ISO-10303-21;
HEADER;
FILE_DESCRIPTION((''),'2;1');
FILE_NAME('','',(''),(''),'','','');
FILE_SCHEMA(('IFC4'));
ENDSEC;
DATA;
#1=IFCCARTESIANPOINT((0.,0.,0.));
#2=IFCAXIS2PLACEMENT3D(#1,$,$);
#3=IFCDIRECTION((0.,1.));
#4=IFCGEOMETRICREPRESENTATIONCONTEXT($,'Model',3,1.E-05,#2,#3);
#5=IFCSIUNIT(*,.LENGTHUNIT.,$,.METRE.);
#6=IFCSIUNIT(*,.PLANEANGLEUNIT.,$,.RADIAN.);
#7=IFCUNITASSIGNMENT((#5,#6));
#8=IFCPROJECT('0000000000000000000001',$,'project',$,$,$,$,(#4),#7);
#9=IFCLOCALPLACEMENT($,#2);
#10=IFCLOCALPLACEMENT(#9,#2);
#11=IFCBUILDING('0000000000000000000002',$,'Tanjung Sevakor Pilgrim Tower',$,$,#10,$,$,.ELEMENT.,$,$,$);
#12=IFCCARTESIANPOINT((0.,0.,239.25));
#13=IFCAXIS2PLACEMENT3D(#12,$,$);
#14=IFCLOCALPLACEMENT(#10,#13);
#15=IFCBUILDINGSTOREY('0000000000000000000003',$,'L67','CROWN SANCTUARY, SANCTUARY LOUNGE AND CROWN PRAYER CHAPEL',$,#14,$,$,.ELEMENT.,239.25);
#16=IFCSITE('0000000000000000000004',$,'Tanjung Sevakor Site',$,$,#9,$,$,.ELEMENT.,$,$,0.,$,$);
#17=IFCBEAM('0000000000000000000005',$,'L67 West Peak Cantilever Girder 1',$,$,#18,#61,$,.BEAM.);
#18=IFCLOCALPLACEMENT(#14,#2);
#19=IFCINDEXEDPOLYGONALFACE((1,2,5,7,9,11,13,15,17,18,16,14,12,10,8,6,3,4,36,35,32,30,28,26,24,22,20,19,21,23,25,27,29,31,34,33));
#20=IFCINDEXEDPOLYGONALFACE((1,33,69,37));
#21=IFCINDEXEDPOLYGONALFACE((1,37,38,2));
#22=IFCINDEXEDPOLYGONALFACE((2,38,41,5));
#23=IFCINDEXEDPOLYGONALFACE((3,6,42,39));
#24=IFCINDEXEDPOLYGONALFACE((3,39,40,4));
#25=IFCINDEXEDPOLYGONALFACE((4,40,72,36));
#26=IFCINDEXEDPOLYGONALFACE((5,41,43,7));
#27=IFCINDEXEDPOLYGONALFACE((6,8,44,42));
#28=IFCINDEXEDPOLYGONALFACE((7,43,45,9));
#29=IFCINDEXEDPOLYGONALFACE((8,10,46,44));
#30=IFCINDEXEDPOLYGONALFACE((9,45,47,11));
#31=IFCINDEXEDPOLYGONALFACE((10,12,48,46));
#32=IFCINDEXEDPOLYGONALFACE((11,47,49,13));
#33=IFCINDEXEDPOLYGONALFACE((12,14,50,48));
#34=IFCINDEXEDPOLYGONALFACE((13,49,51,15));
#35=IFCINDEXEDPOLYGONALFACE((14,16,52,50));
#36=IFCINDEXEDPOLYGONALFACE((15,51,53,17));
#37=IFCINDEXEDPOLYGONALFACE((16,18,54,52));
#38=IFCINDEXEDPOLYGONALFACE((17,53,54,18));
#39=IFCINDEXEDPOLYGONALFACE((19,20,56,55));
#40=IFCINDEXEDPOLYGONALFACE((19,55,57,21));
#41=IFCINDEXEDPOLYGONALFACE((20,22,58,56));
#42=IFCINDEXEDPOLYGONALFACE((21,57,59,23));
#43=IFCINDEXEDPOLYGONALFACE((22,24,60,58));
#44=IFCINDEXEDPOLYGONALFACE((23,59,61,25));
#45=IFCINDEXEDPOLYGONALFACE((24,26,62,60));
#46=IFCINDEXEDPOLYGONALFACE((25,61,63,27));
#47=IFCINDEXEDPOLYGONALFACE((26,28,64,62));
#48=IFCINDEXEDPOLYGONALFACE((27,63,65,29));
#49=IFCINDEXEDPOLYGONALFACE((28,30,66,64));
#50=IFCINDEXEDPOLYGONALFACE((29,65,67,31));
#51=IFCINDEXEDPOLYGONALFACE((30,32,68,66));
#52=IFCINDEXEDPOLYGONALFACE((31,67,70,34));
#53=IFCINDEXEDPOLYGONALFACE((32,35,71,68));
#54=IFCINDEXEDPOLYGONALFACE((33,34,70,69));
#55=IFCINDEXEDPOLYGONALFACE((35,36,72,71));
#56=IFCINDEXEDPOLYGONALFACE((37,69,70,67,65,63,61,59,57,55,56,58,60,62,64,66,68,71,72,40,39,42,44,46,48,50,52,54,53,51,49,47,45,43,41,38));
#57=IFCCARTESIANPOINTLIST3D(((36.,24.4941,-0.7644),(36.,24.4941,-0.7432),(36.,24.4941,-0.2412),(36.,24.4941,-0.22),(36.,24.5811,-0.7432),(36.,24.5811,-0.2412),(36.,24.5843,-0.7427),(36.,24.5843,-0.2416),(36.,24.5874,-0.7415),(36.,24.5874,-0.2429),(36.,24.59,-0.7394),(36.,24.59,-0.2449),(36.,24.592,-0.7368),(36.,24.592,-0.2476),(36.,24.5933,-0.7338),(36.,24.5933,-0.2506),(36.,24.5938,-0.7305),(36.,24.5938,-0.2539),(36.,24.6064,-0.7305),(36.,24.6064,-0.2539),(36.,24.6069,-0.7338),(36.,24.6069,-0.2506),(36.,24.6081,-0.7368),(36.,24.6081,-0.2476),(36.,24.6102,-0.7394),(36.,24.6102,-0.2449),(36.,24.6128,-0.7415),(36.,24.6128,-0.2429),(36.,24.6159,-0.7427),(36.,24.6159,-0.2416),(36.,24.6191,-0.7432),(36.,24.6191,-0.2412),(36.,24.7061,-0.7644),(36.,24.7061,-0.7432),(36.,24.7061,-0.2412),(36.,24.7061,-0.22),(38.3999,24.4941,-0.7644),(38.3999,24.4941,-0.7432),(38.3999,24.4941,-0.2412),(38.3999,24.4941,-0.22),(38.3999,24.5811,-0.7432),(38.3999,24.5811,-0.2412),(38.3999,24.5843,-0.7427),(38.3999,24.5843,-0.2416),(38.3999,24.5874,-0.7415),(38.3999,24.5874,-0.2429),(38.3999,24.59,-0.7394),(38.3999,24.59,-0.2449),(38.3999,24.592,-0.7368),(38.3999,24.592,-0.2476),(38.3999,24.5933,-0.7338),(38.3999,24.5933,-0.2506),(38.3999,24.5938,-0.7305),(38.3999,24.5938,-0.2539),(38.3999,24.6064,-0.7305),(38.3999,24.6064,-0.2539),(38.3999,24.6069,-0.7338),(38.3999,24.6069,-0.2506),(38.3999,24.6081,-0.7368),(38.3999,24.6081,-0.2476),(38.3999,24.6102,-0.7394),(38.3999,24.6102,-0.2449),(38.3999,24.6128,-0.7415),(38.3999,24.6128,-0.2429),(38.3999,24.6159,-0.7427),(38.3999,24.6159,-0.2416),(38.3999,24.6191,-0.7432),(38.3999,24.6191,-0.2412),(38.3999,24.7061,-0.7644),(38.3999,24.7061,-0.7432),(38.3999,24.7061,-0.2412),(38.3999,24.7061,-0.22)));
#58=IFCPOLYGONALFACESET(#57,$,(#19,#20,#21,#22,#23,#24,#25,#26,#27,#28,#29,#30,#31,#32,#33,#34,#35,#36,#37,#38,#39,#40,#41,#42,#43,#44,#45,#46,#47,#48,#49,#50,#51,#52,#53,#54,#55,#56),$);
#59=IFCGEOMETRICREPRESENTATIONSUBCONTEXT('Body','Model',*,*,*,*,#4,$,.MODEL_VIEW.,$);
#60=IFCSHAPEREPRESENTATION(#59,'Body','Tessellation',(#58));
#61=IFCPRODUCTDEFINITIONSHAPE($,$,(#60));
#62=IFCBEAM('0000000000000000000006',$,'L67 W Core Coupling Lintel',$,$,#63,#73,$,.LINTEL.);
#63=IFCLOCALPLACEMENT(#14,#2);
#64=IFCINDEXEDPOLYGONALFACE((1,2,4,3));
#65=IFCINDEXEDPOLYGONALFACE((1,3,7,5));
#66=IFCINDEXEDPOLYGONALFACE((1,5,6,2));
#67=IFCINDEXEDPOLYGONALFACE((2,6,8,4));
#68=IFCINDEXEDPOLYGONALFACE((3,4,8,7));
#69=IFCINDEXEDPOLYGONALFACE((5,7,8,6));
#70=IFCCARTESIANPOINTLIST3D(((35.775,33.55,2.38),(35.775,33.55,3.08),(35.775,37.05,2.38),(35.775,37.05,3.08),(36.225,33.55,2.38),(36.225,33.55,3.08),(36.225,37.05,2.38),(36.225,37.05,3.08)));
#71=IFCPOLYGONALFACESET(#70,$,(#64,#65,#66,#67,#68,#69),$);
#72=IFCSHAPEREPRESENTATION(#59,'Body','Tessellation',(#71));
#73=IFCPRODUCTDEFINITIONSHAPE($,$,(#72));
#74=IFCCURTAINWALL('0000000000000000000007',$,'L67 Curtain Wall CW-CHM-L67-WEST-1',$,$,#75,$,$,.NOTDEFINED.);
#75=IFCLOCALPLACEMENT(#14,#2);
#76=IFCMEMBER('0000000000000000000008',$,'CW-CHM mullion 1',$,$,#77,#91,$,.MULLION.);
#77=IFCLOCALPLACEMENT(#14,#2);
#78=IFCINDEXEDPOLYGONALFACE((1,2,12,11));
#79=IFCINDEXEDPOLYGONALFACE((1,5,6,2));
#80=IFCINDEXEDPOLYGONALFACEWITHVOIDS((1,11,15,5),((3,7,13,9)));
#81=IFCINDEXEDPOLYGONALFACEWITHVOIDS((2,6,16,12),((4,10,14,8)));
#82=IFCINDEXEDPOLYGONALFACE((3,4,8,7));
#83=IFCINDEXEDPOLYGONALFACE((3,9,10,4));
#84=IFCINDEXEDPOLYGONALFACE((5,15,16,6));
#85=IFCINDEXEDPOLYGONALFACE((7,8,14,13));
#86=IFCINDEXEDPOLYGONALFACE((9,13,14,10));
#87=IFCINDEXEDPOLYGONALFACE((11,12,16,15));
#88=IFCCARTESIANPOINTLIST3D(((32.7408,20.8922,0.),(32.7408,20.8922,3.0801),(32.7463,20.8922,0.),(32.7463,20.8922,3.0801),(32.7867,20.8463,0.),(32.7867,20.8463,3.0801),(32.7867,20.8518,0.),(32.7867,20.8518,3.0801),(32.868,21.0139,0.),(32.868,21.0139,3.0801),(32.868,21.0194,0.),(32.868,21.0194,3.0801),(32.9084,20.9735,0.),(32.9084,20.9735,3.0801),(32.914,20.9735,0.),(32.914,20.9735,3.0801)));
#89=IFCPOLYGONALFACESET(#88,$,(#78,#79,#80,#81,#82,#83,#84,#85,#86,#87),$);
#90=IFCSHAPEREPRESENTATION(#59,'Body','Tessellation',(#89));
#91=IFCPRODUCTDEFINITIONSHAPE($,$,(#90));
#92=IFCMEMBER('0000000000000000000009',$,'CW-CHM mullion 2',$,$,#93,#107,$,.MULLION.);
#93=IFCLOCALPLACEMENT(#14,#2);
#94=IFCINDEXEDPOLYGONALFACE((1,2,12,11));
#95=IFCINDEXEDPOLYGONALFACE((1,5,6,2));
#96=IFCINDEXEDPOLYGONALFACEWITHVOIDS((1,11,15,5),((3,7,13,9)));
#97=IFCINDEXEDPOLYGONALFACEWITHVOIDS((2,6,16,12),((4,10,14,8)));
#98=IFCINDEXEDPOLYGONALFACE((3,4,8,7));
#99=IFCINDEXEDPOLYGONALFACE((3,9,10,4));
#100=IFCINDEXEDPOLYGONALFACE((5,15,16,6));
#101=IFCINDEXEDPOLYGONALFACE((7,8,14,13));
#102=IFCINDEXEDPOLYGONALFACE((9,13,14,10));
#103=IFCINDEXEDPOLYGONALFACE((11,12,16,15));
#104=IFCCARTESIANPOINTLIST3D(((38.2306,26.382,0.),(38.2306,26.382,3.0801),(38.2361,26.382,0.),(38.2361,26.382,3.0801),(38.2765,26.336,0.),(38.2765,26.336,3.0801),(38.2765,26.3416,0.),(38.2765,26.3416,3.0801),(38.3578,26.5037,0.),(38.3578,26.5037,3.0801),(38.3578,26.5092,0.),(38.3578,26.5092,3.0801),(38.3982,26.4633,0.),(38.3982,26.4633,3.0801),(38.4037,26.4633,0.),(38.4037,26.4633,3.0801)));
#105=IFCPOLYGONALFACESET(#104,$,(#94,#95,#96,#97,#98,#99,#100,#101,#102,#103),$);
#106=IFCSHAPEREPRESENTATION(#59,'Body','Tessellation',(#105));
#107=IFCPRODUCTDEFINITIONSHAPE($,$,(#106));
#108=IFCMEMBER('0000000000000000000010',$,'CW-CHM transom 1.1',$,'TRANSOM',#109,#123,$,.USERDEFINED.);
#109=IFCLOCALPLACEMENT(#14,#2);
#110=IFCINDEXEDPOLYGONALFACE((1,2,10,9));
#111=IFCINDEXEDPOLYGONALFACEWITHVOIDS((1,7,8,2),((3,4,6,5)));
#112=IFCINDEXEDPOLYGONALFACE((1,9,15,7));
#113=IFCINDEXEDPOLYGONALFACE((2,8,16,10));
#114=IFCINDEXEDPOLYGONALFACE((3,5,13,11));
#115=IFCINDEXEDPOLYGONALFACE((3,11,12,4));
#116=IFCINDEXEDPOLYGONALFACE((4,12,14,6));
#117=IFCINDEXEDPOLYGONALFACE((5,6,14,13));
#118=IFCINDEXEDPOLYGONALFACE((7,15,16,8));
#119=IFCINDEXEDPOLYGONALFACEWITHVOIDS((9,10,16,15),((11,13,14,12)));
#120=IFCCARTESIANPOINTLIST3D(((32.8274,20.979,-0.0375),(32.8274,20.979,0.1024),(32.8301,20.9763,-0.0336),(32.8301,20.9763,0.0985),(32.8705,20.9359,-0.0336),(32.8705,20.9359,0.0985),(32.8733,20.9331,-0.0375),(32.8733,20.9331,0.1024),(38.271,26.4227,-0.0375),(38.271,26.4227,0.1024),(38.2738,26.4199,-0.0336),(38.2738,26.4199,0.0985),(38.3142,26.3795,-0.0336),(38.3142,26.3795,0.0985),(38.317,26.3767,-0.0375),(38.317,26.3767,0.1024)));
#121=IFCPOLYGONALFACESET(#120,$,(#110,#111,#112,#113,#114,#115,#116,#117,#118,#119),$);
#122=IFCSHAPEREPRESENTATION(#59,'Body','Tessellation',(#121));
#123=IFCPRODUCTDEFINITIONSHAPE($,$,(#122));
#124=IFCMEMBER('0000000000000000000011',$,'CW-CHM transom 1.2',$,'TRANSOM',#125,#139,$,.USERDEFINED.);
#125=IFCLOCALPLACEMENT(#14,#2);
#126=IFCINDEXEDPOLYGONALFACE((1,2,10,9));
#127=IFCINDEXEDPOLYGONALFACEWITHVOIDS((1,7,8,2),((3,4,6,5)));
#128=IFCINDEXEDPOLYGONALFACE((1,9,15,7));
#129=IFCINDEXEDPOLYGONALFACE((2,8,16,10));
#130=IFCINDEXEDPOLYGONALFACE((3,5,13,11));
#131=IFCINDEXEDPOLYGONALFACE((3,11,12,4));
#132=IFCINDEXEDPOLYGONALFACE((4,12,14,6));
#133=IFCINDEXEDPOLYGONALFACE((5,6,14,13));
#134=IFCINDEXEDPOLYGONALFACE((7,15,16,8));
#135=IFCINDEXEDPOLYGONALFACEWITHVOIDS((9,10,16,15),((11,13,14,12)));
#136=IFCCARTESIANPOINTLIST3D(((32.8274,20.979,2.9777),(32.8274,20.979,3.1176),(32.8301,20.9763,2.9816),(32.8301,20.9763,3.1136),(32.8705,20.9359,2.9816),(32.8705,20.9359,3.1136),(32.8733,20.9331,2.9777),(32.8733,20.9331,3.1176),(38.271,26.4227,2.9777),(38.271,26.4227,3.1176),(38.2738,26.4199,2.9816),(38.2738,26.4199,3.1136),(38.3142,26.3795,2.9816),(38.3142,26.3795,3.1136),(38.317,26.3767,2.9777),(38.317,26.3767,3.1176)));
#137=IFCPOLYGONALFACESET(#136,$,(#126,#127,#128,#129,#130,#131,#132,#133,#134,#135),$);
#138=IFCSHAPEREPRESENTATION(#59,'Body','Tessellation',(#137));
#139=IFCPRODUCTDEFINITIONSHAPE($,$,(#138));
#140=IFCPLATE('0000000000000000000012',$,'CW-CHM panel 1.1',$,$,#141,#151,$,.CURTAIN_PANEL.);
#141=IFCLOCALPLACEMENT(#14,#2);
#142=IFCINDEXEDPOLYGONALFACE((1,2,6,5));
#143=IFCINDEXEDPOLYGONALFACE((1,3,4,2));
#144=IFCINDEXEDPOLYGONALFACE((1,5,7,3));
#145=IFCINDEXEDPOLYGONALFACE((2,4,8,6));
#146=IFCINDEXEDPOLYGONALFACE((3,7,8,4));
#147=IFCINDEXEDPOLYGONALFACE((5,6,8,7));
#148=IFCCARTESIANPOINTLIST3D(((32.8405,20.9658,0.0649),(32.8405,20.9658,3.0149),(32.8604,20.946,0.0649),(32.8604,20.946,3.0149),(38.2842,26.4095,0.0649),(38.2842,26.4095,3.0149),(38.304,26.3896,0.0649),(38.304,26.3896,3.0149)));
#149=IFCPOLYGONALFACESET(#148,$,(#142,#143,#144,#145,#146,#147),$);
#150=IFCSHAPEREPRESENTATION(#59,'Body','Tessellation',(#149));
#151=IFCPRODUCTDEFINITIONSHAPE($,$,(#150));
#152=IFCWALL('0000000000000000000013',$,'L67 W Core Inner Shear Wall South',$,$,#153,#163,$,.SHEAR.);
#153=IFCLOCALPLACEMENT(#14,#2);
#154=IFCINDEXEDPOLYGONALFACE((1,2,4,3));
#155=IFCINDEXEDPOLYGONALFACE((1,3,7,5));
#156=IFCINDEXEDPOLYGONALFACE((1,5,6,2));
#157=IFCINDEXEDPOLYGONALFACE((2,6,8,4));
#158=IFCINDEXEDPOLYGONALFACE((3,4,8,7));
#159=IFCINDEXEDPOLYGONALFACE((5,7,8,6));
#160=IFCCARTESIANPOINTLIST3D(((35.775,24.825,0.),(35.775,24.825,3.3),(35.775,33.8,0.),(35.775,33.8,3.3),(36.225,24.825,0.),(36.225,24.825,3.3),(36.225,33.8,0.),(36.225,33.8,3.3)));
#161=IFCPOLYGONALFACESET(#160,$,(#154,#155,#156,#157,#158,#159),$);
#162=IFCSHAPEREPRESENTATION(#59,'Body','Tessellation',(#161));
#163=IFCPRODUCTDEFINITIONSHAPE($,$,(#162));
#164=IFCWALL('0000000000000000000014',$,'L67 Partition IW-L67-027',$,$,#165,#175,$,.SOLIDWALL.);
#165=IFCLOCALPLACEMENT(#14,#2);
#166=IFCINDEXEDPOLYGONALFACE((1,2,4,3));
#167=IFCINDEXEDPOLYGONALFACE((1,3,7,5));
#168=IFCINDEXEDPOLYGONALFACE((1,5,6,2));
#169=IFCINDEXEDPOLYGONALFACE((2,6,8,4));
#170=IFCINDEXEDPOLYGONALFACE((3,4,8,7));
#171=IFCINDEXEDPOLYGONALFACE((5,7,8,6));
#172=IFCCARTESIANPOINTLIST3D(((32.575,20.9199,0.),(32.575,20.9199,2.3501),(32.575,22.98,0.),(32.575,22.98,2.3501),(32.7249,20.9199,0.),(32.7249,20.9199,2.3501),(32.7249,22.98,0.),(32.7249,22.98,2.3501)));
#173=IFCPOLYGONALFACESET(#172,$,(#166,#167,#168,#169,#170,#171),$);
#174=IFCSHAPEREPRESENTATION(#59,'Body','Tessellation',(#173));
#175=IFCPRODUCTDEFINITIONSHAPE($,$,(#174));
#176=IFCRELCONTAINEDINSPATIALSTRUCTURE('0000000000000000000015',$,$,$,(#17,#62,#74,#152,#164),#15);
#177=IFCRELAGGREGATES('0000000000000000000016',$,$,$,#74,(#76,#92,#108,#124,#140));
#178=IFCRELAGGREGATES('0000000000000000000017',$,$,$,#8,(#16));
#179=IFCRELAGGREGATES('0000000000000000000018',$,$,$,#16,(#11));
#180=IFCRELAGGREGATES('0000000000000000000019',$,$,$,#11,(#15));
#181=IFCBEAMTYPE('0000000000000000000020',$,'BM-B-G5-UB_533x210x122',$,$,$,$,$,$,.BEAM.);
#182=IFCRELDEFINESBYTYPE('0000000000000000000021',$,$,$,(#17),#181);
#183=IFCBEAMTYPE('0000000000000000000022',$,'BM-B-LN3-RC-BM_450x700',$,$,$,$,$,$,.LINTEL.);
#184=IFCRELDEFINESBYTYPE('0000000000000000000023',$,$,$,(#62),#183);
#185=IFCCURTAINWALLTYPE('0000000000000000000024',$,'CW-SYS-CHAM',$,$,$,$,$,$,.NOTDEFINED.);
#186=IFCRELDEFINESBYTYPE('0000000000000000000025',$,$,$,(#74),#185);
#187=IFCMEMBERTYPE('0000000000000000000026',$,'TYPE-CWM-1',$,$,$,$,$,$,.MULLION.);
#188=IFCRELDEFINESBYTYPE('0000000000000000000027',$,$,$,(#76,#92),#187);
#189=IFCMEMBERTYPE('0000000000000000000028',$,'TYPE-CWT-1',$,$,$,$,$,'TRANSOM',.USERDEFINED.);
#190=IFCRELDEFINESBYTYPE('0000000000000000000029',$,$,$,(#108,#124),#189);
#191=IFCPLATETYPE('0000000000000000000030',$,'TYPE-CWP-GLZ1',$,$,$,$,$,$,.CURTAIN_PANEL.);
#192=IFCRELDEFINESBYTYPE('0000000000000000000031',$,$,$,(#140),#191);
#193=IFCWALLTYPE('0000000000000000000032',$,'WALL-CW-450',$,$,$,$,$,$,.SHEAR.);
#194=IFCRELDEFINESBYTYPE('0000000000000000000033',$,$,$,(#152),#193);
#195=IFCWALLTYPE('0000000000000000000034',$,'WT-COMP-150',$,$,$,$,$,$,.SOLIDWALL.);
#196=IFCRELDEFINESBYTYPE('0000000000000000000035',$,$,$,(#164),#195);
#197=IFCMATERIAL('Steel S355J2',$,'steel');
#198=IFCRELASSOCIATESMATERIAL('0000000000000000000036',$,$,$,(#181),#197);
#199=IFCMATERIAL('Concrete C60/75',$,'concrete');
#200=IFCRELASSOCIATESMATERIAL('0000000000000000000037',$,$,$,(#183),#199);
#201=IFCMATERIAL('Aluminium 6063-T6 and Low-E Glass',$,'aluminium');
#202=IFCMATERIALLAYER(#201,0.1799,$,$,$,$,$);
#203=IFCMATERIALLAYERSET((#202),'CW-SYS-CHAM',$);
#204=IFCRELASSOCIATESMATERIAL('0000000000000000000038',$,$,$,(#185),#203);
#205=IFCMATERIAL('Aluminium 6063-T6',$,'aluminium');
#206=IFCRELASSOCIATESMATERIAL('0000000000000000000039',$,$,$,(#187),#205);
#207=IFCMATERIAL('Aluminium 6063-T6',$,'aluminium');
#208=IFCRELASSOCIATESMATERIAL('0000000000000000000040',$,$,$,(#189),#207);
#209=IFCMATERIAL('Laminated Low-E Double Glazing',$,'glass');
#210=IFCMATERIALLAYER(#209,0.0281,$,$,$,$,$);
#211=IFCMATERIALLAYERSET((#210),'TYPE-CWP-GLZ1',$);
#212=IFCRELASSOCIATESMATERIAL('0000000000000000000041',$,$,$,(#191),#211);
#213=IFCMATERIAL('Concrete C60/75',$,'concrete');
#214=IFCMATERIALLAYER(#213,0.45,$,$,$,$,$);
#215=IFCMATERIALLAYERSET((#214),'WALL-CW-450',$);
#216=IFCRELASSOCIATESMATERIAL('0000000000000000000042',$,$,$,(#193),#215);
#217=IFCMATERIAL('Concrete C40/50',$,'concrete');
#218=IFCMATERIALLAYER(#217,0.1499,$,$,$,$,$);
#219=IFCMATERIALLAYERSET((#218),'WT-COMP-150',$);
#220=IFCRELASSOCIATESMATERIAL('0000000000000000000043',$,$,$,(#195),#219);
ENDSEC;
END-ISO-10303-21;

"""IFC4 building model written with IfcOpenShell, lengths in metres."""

from ifc_helpers import new_model, si_unit, direction, frame, frame_2d, origin, origin_2d, place, context, subcontext, project, spatial, rectangle, hollow_rectangle, i_section, extrude, material, layer, layer_set, material_profile, profile_set, type_object, element, aggregate, save


model = new_model("IFC4")

# Units and contexts
model_context = context("Model", 3, precision=1e-05, world=origin(), true_north=direction((0.0, 1.0)))
body_context = subcontext(model_context, "Body", "Model", "MODEL_VIEW")
ifc_project = project(units=[si_unit("LENGTHUNIT", "METRE"), si_unit("PLANEANGLEUNIT", "RADIAN")], contexts=[model_context])

# Site, building, storey
site_placement = place(None, origin())
site = spatial("IfcSite", under=ifc_project, at=site_placement, Name="Tanjung Sevakor Site", CompositionType="ELEMENT", RefElevation=0.0)
building_placement = place(site_placement, origin())
building = spatial("IfcBuilding", under=site, at=building_placement, Name="Tanjung Sevakor Pilgrim Tower", CompositionType="ELEMENT")
storey_placement = place(building_placement, frame((0.0, 0.0, 239.25)))
storey = spatial("IfcBuildingStorey", under=building, at=storey_placement, Name="L67", Description="CROWN SANCTUARY, SANCTUARY LOUNGE AND CROWN PRAYER CHAPEL", CompositionType="ELEMENT", Elevation=239.25)

# Beams
ifc_material_1 = material(Name="Steel S355J2", Category="steel")
ifc_material_profile_1 = material_profile(ifc_material_1, i_section(OverallWidth=0.2119, OverallDepth=0.5444, WebThickness=0.0127, FlangeThickness=0.0212, FilletRadius=0.0127, at=origin_2d()))
ifc_profile_set_1 = profile_set([ifc_material_profile_1], Name="Steel S355J2")
beam_type_1 = type_object("IfcBeamType", Name="BM-B-G5-UB_533x210x122", PredefinedType="BEAM", material=ifc_profile_set_1)
beam_1_placement = place(storey_placement, frame((36.0, 24.6001, -0.4922), z_axis=(1.0, 0.0, 0.0), x_axis=(0.0, 1.0, 0.0)))
element("IfcBeam", 1, at=beam_1_placement, inside=storey, type_object=beam_type_1, Name="L67 West Peak Cantilever Girder 1", PredefinedType="BEAM", context=body_context, shape_type="SweptSolid", body=[
    extrude(i_section(OverallWidth=0.2119, OverallDepth=0.5444, WebThickness=0.0127, FlangeThickness=0.0212, FilletRadius=0.0127, at=origin_2d()), origin(), (0.0, 0.0, 1.0), 2.3999),
])
ifc_material_2 = material(Name="Concrete C60/75", Category="concrete")
ifc_material_profile_2 = material_profile(ifc_material_2, rectangle(XDim=0.45, YDim=0.7, at=origin_2d()))
ifc_profile_set_2 = profile_set([ifc_material_profile_2], Name="Concrete C60/75")
beam_type_2 = type_object("IfcBeamType", Name="BM-B-LN3-RC-BM_450x700", PredefinedType="LINTEL", material=ifc_profile_set_2)
beam_2_placement = place(storey_placement, frame((36.0, 33.55, 2.73), z_axis=(0.0, 1.0, 0.0), x_axis=(-1.0, 0.0, 0.0)))
element("IfcBeam", 2, at=beam_2_placement, inside=storey, type_object=beam_type_2, Name="L67 W Core Coupling Lintel", PredefinedType="LINTEL", context=body_context, shape_type="SweptSolid", body=[
    extrude(rectangle(XDim=0.45, YDim=0.7, at=origin_2d()), origin(), (0.0, 0.0, 1.0), 3.5),
])

# Curtain wall, members, plate
ifc_material_3 = material(Name="Aluminium 6063-T6 and Low-E Glass", Category="aluminium")
ifc_layer_1 = layer(ifc_material_3, 0.1799)
ifc_layer_set_1 = layer_set([ifc_layer_1], Name="CW-SYS-CHAM")
curtain_wall_type = type_object("IfcCurtainWallType", Name="CW-SYS-CHAM", PredefinedType="NOTDEFINED", material=ifc_layer_set_1)
curtain_wall_placement = place(storey_placement, origin())
curtain_wall = element("IfcCurtainWall", 3, at=curtain_wall_placement, inside=storey, type_object=curtain_wall_type, Name="L67 Curtain Wall CW-CHM-L67-WEST-1", PredefinedType="NOTDEFINED")
ifc_material_4 = material(Name="Aluminium 6063-T6", Category="aluminium")
ifc_material_profile_3 = material_profile(ifc_material_4, hollow_rectangle(XDim=0.0649, YDim=0.1799, WallThickness=0.0039, at=origin_2d()))
ifc_profile_set_3 = profile_set([ifc_material_profile_3], Name="Aluminium 6063-T6")
member_type_1 = type_object("IfcMemberType", Name="TYPE-CWM-1", PredefinedType="MULLION", material=ifc_profile_set_3)
member_1_placement = place(storey_placement, frame((32.8274, 20.9329, 0.0), z_axis=(0.0, 0.0, 1.0), x_axis=(-0.707107, 0.707107, 0.0)))
member_1 = element("IfcMember", 4, at=member_1_placement, type_object=member_type_1, Name="CW-CHM mullion 1", PredefinedType="MULLION", context=body_context, shape_type="SweptSolid", body=[
    extrude(hollow_rectangle(XDim=0.0649, YDim=0.1799, WallThickness=0.0039, at=origin_2d()), origin(), (0.0, 0.0, 1.0), 3.0801),
])
member_2_placement = place(storey_placement, frame((38.3171, 26.4226, 0.0), z_axis=(0.0, 0.0, 1.0), x_axis=(-0.707107, 0.707107, 0.0)))
member_2 = element("IfcMember", 5, at=member_2_placement, type_object=member_type_1, Name="CW-CHM mullion 2", PredefinedType="MULLION", context=body_context, shape_type="SweptSolid", body=[
    extrude(hollow_rectangle(XDim=0.0649, YDim=0.1799, WallThickness=0.0039, at=origin_2d()), origin(), (0.0, 0.0, 1.0), 3.0801),
])
ifc_material_5 = material(Name="Aluminium 6063-T6", Category="aluminium")
ifc_material_profile_4 = material_profile(ifc_material_5, hollow_rectangle(XDim=0.0649, YDim=0.1399, WallThickness=0.0039, at=origin_2d()))
ifc_profile_set_4 = profile_set([ifc_material_profile_4], Name="Aluminium 6063-T6")
member_type_2 = type_object("IfcMemberType", Name="TYPE-CWT-1", ElementType="TRANSOM", PredefinedType="USERDEFINED", material=ifc_profile_set_4)
member_3_placement = place(storey_placement, frame((32.8503, 20.9561, 0.0325), z_axis=(0.707107, 0.707107, 0.0), x_axis=(-0.707107, 0.707107, 0.0)))
member_3 = element("IfcMember", 6, at=member_3_placement, type_object=member_type_2, Name="CW-CHM transom 1.1", ObjectType="TRANSOM", PredefinedType="USERDEFINED", context=body_context, shape_type="SweptSolid", body=[
    extrude(hollow_rectangle(XDim=0.0649, YDim=0.1399, WallThickness=0.0039, at=origin_2d()), origin(), (0.0, 0.0, 1.0), 7.6985),
])
member_4_placement = place(storey_placement, frame((32.8503, 20.9561, 3.0476), z_axis=(0.707107, 0.707107, 0.0), x_axis=(-0.707107, 0.707107, 0.0)))
member_4 = element("IfcMember", 7, at=member_4_placement, type_object=member_type_2, Name="CW-CHM transom 1.2", ObjectType="TRANSOM", PredefinedType="USERDEFINED", context=body_context, shape_type="SweptSolid", body=[
    extrude(hollow_rectangle(XDim=0.0649, YDim=0.1399, WallThickness=0.0039, at=origin_2d()), origin(), (0.0, 0.0, 1.0), 7.6985),
])
ifc_material_6 = material(Name="Laminated Low-E Double Glazing", Category="glass")
ifc_layer_2 = layer(ifc_material_6, 0.0281)
ifc_layer_set_2 = layer_set([ifc_layer_2], Name="TYPE-CWP-GLZ1")
plate_type = type_object("IfcPlateType", Name="TYPE-CWP-GLZ1", PredefinedType="CURTAIN_PANEL", material=ifc_layer_set_2)
plate_placement = place(storey_placement, frame((35.5723, 23.6777, 0.0649), z_axis=(0.0, 0.0, 1.0), x_axis=(0.707107, 0.707107, 0.0)))
plate = element("IfcPlate", 8, at=plate_placement, type_object=plate_type, Name="CW-CHM panel 1.1", PredefinedType="CURTAIN_PANEL", context=body_context, shape_type="SweptSolid", body=[
    extrude(rectangle(XDim=7.6985, YDim=0.0281, at=origin_2d()), origin(), (0.0, 0.0, 1.0), 2.95),
])
aggregate(curtain_wall, [member_1, member_2, member_3, member_4, plate])

# Wall
ifc_material_7 = material(Name="Concrete C60/75", Category="concrete")
ifc_layer_3 = layer(ifc_material_7, 0.45)
ifc_layer_set_3 = layer_set([ifc_layer_3], Name="WALL-CW-450")
wall_type_1 = type_object("IfcWallType", Name="WALL-CW-450", PredefinedType="SHEAR", material=ifc_layer_set_3)
wall_1_placement = place(storey_placement, frame((36.0, 24.825, 0.0), z_axis=(0.0, 0.0, 1.0), x_axis=(0.0, 1.0, 0.0)))
element("IfcWall", 9, at=wall_1_placement, inside=storey, type_object=wall_type_1, Name="L67 W Core Inner Shear Wall South", PredefinedType="SHEAR", context=body_context, shape_type="SweptSolid", body=[
    extrude(rectangle(XDim=8.9751, YDim=0.45, at=frame_2d((4.4875, 0.0))), origin(), (0.0, 0.0, 1.0), 3.3),
])

# Shared definitions
ifc_material_8 = material(Name="Concrete C40/50", Category="concrete")
ifc_layer_4 = layer(ifc_material_8, 0.1499)
ifc_layer_set_4 = layer_set([ifc_layer_4], Name="WT-COMP-150")
wall_type_2 = type_object("IfcWallType", Name="WT-COMP-150", PredefinedType="SOLIDWALL", material=ifc_layer_set_4)

# Wall
wall_2_placement = place(storey_placement, frame((32.6499, 20.9199, 0.0), z_axis=(0.0, 0.0, 1.0), x_axis=(0.0, 1.0, 0.0)))
element("IfcWall", 10, at=wall_2_placement, inside=storey, type_object=wall_type_2, Name="L67 Partition IW-L67-027", PredefinedType="SOLIDWALL", context=body_context, shape_type="SweptSolid", body=[
    extrude(rectangle(XDim=2.0601, YDim=0.1499, at=frame_2d((1.03, 0.0))), origin(), (0.0, 0.0, 1.0), 2.3501),
])

save(model, "model.ifc")
